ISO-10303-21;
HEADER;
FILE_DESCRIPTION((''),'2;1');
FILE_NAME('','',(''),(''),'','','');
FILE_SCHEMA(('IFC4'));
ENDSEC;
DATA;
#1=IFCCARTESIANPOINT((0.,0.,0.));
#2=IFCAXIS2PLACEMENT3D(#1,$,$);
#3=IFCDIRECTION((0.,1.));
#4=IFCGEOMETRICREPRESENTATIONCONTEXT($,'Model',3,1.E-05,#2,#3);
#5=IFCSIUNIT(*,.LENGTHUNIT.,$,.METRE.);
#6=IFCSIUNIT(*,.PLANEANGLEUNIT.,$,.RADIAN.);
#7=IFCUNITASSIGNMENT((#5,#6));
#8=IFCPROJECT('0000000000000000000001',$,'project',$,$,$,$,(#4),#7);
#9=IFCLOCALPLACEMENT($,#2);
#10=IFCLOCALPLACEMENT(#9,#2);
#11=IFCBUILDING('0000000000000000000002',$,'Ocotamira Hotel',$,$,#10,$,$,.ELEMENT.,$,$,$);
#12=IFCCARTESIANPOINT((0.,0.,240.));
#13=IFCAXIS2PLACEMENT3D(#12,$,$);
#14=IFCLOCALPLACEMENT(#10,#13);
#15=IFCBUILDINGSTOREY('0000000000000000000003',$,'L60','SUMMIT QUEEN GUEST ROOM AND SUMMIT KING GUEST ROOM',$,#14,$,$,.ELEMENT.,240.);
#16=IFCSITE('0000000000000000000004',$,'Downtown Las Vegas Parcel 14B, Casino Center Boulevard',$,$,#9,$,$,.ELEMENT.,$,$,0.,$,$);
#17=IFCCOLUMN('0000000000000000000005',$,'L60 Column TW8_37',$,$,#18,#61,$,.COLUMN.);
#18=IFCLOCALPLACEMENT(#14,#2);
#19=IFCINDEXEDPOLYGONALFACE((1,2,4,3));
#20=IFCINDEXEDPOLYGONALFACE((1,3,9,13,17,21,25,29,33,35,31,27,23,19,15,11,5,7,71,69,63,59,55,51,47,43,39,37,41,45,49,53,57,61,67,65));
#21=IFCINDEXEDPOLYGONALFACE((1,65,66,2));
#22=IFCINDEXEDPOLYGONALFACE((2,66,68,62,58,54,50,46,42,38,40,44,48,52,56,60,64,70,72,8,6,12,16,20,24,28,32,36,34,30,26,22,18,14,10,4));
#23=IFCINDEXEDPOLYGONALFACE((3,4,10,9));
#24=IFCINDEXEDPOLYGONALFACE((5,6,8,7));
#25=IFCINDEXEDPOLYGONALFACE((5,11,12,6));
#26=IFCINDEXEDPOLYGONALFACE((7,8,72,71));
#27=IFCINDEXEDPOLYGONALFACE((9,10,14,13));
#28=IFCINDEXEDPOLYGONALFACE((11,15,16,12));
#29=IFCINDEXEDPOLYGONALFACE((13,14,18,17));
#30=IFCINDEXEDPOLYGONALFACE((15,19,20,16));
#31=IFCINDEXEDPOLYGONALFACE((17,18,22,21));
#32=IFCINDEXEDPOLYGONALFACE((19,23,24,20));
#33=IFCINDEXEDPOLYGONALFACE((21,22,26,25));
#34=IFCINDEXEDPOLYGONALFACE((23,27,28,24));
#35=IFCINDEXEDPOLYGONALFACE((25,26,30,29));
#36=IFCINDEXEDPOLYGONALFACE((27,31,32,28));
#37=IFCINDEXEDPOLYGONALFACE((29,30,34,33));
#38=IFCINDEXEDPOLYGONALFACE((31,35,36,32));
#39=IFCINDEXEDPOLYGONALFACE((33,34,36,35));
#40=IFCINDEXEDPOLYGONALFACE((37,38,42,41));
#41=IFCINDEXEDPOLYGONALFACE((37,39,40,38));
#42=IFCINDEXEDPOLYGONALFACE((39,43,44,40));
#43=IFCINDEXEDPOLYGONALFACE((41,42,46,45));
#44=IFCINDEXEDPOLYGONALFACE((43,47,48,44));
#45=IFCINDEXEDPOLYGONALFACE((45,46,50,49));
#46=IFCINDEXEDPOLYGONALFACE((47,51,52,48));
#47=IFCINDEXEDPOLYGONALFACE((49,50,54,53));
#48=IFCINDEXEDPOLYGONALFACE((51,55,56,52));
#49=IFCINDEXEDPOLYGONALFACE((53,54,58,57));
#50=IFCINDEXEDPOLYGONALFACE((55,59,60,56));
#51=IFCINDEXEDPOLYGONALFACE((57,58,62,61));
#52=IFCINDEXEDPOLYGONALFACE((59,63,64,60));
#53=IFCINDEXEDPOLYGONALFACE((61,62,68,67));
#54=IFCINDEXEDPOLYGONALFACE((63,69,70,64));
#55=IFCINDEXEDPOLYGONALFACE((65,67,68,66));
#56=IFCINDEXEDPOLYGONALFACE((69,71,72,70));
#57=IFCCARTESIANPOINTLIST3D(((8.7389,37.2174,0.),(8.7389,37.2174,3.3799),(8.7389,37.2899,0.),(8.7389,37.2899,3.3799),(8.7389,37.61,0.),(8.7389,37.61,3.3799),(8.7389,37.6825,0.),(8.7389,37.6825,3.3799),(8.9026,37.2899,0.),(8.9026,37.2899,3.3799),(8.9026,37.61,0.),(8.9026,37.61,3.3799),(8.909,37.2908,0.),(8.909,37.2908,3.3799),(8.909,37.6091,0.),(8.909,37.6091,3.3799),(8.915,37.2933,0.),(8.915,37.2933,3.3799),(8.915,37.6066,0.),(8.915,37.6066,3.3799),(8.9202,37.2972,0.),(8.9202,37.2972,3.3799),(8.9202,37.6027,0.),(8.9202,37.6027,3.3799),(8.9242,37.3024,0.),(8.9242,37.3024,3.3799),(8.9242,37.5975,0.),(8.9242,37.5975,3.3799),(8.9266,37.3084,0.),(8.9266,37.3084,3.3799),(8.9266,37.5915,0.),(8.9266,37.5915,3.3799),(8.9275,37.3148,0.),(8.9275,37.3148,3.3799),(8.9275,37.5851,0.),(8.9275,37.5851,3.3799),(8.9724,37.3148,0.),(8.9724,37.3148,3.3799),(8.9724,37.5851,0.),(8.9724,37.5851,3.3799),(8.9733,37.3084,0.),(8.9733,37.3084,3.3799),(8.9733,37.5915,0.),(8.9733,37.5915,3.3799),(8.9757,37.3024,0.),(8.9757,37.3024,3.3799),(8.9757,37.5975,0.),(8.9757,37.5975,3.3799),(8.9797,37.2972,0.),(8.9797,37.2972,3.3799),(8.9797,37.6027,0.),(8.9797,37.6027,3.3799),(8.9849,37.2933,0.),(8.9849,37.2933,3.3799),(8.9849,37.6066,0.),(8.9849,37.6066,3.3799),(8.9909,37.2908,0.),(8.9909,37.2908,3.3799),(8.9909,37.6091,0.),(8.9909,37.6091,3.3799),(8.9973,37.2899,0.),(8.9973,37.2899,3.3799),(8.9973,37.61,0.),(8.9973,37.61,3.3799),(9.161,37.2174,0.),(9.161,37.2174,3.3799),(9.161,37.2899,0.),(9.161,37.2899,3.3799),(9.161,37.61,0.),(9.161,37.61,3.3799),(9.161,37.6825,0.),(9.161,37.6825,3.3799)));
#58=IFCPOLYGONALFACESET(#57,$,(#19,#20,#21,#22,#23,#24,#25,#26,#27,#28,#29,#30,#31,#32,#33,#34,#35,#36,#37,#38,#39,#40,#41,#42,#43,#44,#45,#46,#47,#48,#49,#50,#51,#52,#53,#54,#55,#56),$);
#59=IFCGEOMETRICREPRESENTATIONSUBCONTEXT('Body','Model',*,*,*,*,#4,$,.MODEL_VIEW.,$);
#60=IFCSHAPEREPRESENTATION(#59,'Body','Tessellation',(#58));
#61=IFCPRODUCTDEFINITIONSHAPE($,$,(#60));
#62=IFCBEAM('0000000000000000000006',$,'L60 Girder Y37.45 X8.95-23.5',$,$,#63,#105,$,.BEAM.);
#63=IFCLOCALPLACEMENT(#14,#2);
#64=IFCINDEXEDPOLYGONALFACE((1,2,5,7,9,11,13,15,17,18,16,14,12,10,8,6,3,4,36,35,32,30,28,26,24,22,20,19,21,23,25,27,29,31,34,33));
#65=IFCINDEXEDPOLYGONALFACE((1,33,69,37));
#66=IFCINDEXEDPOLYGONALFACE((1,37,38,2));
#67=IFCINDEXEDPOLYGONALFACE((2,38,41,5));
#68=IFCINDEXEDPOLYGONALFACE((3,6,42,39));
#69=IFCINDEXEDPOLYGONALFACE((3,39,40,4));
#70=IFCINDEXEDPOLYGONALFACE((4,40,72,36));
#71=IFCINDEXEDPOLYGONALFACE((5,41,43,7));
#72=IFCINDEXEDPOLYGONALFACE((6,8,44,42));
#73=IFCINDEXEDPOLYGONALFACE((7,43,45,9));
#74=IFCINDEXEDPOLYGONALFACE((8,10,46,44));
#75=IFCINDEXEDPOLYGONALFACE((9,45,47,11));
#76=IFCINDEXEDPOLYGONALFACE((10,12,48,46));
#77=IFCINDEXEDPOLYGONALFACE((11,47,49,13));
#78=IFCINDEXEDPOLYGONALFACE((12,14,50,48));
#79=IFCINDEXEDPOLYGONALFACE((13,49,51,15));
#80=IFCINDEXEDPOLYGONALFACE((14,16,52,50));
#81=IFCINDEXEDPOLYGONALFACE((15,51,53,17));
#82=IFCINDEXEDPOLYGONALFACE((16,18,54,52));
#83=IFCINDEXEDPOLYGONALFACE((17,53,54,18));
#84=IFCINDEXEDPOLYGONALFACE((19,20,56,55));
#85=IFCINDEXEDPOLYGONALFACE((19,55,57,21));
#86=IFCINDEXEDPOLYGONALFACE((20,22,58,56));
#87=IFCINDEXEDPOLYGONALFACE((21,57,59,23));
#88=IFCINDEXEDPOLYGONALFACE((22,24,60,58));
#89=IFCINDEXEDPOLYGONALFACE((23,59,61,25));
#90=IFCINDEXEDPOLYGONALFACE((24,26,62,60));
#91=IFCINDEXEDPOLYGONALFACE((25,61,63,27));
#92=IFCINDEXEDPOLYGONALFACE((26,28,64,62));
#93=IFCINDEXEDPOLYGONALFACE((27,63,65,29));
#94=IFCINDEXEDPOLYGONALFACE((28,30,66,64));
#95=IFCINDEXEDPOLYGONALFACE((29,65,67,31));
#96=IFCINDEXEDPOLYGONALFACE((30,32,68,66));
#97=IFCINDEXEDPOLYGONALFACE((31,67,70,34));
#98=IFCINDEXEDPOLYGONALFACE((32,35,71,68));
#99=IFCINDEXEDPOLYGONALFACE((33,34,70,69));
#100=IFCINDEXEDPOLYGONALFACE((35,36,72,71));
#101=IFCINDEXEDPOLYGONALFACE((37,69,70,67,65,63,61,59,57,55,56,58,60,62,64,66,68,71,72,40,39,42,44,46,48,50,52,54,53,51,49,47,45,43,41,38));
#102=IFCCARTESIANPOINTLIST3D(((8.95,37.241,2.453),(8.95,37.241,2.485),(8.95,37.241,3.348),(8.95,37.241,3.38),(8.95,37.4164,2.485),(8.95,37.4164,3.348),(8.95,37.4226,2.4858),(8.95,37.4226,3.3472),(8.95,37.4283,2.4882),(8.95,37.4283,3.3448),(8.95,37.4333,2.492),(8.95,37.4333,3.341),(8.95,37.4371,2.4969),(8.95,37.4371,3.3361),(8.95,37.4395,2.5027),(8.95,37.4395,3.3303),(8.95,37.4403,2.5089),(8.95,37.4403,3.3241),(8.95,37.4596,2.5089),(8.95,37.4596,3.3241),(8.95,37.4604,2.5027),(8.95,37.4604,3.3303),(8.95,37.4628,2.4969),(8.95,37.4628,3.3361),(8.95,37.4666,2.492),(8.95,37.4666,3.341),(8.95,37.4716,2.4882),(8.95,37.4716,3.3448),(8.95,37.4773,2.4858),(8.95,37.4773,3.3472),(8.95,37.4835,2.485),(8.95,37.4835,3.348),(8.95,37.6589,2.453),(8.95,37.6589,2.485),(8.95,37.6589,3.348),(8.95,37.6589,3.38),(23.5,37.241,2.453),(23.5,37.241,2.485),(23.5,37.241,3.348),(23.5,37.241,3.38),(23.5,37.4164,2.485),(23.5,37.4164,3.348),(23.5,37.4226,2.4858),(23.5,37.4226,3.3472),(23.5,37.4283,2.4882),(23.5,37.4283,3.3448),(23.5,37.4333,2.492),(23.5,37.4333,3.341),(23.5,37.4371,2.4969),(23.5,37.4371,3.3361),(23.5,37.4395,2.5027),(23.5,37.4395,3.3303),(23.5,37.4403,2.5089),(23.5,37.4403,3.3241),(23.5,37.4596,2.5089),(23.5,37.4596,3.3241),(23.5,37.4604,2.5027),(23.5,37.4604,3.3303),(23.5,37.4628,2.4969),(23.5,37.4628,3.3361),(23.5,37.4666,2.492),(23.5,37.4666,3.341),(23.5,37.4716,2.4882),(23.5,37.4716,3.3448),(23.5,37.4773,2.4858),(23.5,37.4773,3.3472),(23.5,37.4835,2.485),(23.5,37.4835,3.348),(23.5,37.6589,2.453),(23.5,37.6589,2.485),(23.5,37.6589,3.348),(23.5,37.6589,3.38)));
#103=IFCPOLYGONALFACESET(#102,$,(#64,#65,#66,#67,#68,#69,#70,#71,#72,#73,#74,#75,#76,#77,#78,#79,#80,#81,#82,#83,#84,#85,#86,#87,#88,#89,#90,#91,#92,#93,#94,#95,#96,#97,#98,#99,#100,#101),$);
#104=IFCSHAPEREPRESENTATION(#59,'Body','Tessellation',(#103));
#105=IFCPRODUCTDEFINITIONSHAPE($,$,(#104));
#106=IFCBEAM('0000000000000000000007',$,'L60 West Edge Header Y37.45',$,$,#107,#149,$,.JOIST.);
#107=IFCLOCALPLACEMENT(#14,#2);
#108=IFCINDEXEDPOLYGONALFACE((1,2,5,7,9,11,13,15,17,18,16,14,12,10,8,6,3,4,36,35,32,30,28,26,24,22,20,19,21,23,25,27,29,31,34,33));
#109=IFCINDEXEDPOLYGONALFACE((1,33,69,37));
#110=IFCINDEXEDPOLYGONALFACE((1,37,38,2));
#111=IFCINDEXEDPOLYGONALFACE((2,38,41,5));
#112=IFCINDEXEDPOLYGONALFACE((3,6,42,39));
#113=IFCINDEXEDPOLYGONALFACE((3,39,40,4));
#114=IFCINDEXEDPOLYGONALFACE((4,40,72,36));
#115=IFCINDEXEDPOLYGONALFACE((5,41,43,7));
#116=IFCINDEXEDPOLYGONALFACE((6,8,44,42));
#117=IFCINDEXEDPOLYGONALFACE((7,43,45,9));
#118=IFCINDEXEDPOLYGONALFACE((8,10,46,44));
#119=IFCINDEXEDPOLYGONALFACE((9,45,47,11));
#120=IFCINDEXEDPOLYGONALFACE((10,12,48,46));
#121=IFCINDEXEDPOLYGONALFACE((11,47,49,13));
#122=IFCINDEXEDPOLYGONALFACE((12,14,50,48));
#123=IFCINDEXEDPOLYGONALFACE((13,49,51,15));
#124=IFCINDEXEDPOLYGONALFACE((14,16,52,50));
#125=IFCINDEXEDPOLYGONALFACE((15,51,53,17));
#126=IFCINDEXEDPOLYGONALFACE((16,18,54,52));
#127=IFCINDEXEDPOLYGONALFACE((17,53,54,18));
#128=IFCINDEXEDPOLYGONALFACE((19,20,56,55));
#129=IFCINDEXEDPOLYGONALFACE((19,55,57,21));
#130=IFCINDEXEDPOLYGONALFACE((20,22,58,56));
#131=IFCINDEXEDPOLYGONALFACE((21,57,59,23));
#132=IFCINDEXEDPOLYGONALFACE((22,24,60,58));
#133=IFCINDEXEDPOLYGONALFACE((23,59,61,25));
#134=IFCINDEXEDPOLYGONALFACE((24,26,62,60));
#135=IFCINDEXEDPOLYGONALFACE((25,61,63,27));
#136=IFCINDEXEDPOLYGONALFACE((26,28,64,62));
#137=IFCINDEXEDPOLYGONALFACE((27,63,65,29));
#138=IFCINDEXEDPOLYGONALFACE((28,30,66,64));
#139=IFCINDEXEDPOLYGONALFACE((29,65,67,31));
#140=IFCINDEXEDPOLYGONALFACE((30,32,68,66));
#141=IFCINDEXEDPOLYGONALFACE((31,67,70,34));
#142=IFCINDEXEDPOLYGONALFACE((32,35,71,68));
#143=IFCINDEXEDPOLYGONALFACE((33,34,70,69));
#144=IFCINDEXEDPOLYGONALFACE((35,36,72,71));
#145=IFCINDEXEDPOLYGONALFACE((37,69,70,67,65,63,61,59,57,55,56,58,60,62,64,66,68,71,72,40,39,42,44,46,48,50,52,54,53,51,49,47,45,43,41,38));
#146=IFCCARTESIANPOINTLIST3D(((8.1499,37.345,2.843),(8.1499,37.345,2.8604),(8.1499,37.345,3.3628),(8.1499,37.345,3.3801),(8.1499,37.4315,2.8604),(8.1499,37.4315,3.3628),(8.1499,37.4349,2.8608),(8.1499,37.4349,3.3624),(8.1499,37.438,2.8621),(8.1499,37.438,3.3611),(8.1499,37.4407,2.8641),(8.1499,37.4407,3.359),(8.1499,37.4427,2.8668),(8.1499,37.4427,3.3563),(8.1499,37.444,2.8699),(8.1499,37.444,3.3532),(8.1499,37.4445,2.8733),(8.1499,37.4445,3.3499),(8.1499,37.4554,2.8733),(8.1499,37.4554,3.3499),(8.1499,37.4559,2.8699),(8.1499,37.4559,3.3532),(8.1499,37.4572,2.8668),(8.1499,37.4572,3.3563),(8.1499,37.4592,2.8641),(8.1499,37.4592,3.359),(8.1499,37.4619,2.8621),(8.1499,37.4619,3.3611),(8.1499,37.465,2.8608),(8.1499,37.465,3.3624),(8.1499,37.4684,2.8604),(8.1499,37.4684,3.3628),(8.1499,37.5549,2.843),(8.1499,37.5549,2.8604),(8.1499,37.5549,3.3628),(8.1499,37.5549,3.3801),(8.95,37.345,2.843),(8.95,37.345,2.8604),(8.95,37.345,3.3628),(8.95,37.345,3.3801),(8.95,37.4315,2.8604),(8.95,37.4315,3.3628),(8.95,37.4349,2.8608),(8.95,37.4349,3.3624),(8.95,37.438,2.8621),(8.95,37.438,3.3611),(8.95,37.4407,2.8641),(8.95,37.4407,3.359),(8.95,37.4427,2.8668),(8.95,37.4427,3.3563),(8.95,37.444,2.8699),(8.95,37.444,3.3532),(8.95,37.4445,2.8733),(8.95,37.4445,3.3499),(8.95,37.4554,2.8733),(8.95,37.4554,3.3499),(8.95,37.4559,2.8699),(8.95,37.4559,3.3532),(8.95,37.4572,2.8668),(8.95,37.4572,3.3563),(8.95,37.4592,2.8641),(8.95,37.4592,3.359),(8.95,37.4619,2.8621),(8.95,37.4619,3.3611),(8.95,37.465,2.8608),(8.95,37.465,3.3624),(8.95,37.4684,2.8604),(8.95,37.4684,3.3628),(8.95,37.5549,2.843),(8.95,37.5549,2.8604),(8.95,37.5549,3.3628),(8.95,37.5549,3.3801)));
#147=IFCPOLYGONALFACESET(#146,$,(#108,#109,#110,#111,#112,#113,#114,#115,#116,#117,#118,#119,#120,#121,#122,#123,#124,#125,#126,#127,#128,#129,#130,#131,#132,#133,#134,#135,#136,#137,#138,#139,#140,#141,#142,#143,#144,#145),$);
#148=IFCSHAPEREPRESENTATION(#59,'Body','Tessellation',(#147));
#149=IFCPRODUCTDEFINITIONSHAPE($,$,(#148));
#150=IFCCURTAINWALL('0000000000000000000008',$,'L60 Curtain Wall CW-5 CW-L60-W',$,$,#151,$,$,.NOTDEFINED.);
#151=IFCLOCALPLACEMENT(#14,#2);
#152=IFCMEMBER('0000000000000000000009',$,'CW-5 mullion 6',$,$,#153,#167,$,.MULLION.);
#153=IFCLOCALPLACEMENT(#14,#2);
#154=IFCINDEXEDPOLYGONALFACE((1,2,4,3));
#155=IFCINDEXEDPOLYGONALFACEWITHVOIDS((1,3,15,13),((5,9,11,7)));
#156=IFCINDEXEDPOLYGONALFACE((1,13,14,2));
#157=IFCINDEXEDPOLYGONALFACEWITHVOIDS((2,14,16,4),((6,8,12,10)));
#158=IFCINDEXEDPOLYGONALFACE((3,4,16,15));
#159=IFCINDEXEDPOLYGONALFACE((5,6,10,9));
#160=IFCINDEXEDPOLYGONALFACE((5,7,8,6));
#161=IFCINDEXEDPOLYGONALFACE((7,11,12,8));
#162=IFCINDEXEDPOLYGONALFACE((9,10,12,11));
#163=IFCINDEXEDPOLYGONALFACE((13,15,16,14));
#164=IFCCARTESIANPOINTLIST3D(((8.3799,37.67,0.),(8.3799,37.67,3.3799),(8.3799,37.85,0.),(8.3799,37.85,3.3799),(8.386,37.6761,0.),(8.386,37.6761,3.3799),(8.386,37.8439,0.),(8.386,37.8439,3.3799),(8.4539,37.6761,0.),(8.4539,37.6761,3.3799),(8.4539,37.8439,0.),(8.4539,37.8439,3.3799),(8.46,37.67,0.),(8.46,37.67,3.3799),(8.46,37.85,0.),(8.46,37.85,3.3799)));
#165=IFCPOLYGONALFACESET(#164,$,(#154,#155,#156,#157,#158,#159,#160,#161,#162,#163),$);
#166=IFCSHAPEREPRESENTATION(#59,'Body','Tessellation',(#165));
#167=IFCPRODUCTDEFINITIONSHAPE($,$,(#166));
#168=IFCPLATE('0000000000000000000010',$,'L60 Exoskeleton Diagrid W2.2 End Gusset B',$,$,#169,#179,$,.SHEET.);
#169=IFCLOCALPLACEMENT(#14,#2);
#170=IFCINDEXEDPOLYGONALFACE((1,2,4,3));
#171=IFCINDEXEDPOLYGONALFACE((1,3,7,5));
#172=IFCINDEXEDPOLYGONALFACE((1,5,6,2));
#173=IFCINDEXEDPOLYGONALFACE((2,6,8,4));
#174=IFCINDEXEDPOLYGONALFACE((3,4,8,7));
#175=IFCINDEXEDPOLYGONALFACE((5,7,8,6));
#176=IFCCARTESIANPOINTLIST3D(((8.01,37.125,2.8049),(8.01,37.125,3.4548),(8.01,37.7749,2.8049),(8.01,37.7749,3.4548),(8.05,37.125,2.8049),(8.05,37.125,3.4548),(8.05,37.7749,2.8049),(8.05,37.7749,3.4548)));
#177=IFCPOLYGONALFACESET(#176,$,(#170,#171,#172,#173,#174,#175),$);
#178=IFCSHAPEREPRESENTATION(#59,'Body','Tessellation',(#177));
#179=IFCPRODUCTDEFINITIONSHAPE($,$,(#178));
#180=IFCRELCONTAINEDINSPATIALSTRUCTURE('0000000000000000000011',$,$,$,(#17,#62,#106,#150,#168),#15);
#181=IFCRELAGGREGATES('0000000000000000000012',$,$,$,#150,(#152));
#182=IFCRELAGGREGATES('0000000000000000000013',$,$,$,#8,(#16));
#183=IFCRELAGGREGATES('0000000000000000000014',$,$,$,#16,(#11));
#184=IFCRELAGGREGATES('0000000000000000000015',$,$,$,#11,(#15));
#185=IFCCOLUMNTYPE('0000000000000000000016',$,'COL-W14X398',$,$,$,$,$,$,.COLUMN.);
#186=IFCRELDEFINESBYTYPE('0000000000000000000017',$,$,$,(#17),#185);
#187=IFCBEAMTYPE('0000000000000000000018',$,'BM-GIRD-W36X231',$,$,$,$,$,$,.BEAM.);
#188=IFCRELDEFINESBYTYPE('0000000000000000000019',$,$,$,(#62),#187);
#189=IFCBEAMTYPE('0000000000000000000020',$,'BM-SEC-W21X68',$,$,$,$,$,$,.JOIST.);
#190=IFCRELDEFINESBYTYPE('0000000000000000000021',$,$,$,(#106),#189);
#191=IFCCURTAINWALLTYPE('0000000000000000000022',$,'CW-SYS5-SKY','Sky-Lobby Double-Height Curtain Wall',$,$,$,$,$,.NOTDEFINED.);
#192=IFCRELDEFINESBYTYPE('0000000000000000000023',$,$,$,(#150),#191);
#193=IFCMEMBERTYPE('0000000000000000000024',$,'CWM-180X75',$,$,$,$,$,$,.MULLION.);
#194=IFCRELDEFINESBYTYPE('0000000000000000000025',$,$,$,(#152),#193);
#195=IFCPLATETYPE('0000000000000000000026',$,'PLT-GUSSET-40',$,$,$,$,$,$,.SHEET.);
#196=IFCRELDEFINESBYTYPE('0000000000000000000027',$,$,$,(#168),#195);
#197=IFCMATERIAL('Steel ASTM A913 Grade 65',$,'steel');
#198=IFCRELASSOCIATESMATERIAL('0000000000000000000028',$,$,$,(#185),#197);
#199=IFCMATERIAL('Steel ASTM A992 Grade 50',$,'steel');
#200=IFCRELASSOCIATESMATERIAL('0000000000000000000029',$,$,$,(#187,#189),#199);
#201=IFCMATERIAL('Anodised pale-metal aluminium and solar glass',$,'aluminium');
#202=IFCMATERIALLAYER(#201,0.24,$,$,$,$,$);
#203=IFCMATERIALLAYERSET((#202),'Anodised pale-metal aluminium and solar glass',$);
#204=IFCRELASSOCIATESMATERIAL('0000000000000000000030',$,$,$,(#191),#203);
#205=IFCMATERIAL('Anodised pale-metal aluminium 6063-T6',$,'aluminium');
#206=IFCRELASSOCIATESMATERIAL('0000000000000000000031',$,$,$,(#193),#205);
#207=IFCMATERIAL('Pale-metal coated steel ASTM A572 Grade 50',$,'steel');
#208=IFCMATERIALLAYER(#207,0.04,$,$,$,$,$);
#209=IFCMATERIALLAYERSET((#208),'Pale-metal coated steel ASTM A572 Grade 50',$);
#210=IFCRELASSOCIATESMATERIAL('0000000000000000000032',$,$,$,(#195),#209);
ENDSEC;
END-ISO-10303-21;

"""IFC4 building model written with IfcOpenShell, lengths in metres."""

from ifc_helpers import new_model, si_unit, direction, frame, origin, origin_2d, place, context, subcontext, project, spatial, rectangle, hollow_rectangle, i_section, extrude, source, transform, mapped, material, layer, layer_set, material_profile, profile_set, type_object, element, aggregate, save


model = new_model("IFC4")

# Units and contexts
model_context = context("Model", 3, precision=1e-05, world=origin(), true_north=direction((0.0, 1.0)))
body_context = subcontext(model_context, "Body", "Model", "MODEL_VIEW")
ifc_project = project(units=[si_unit("LENGTHUNIT", "METRE"), si_unit("PLANEANGLEUNIT", "RADIAN")], contexts=[model_context])

# Site, building, storey
site_placement = place(None, origin())
site = spatial("IfcSite", under=ifc_project, at=site_placement, Name="Downtown Las Vegas Parcel 14B, Casino Center Boulevard", CompositionType="ELEMENT", RefElevation=0.0)
building_placement = place(site_placement, origin())
building = spatial("IfcBuilding", under=site, at=building_placement, Name="Ocotamira Hotel", CompositionType="ELEMENT")
storey_placement = place(building_placement, frame((0.0, 0.0, 240.0)))
storey = spatial("IfcBuildingStorey", under=building, at=storey_placement, Name="L60", Description="SUMMIT QUEEN GUEST ROOM AND SUMMIT KING GUEST ROOM", CompositionType="ELEMENT", Elevation=240.0)

# Column
ifc_material_1 = material(Name="Steel ASTM A913 Grade 65", Category="steel")
ifc_material_profile_1 = material_profile(ifc_material_1, i_section(OverallWidth=0.4221, OverallDepth=0.4651, WebThickness=0.0449, FlangeThickness=0.0725, FilletRadius=0.0249, at=origin_2d()), Name="W14X398")
ifc_profile_set_1 = profile_set([ifc_material_profile_1], Name="Steel ASTM A913 Grade 65")
column_type = type_object("IfcColumnType", Name="COL-W14X398", PredefinedType="COLUMN", material=ifc_profile_set_1)
shared_shape_1 = source(origin(), body_context, "Body", "SweptSolid", [
    extrude(i_section(OverallWidth=0.4221, OverallDepth=0.4651, WebThickness=0.0449, FlangeThickness=0.0725, FilletRadius=0.0249, at=origin_2d()), origin(), (0.0, 0.0, 1.0), 3.3799),
])
column_placement = place(storey_placement, frame((8.95, 37.45, 0.0), z_axis=(0.0, 0.0, 1.0), x_axis=(1.0, 0.0, 0.0)))
element("IfcColumn", 1, at=column_placement, inside=storey, type_object=column_type, Name="L60 Column TW8_37", PredefinedType="COLUMN", context=body_context, shape_type="MappedRepresentation", body=[
    mapped(shared_shape_1, transform((0.0, 0.0, 0.0), scale=1.0)),
])

# Beams
ifc_material_2 = material(Name="Steel ASTM A992 Grade 50", Category="steel")
ifc_material_profile_2 = material_profile(ifc_material_2, i_section(OverallWidth=0.418, OverallDepth=0.927, WebThickness=0.0193, FlangeThickness=0.032, FilletRadius=0.0239, at=origin_2d()), Name="W36X231")
ifc_profile_set_2 = profile_set([ifc_material_profile_2], Name="Steel ASTM A992 Grade 50")
beam_type_1 = type_object("IfcBeamType", Name="BM-GIRD-W36X231", PredefinedType="BEAM", material=ifc_profile_set_2)
shared_shape_2 = source(origin(), body_context, "Body", "SweptSolid", [
    extrude(i_section(OverallWidth=0.418, OverallDepth=0.927, WebThickness=0.0193, FlangeThickness=0.032, FilletRadius=0.0239, at=origin_2d()), origin(), (0.0, 0.0, 1.0), 14.55),
])
beam_1_placement = place(storey_placement, frame((8.95, 37.45, 2.9165), z_axis=(1.0, 0.0, 0.0), x_axis=(0.0, 1.0, 0.0)))
element("IfcBeam", 2, at=beam_1_placement, inside=storey, type_object=beam_type_1, Name="L60 Girder Y37.45 X8.95-23.5", PredefinedType="BEAM", context=body_context, shape_type="MappedRepresentation", body=[
    mapped(shared_shape_2, transform((0.0, 0.0, 0.0), scale=1.0)),
])
ifc_material_profile_3 = material_profile(ifc_material_2, i_section(OverallWidth=0.21, OverallDepth=0.5371, WebThickness=0.011, FlangeThickness=0.0173, FilletRadius=0.0129, at=origin_2d()), Name="W21X68")
ifc_profile_set_3 = profile_set([ifc_material_profile_3], Name="Steel ASTM A992 Grade 50")
beam_type_2 = type_object("IfcBeamType", Name="BM-SEC-W21X68", PredefinedType="JOIST", material=ifc_profile_set_3)
shared_shape_3 = source(origin(), body_context, "Body", "SweptSolid", [
    extrude(i_section(OverallWidth=0.21, OverallDepth=0.5371, WebThickness=0.011, FlangeThickness=0.0173, FilletRadius=0.0129, at=origin_2d()), origin(), (0.0, 0.0, 1.0), 0.8),
])
beam_2_placement = place(storey_placement, frame((8.95, 37.45, 3.1116), z_axis=(-1.0, 0.0, 0.0), x_axis=(0.0, -1.0, 0.0)))
element("IfcBeam", 3, at=beam_2_placement, inside=storey, type_object=beam_type_2, Name="L60 West Edge Header Y37.45", PredefinedType="JOIST", context=body_context, shape_type="MappedRepresentation", body=[
    mapped(shared_shape_3, transform((0.0, 0.0, 0.0), scale=1.0)),
])

# Curtain wall, member
ifc_material_3 = material(Name="Anodised pale-metal aluminium and solar glass", Category="aluminium")
ifc_layer_1 = layer(ifc_material_3, 0.24)
ifc_layer_set_1 = layer_set([ifc_layer_1], Name="Anodised pale-metal aluminium and solar glass")
curtain_wall_type = type_object("IfcCurtainWallType", Name="CW-SYS5-SKY", Description="Sky-Lobby Double-Height Curtain Wall", PredefinedType="NOTDEFINED", material=ifc_layer_set_1)
curtain_wall_placement = place(storey_placement, origin())
curtain_wall = element("IfcCurtainWall", 4, at=curtain_wall_placement, inside=storey, type_object=curtain_wall_type, Name="L60 Curtain Wall CW-5 CW-L60-W", PredefinedType="NOTDEFINED")
ifc_material_4 = material(Name="Anodised pale-metal aluminium 6063-T6", Category="aluminium")
ifc_material_profile_4 = material_profile(ifc_material_4, hollow_rectangle(XDim=0.0801, YDim=0.1799, WallThickness=0.0061, at=origin_2d()), Name="HSS180X80X6")
ifc_profile_set_4 = profile_set([ifc_material_profile_4], Name="Anodised pale-metal aluminium 6063-T6")
member_type = type_object("IfcMemberType", Name="CWM-180X75", PredefinedType="MULLION", material=ifc_profile_set_4)
shared_shape_4 = source(origin(), body_context, "Body", "SweptSolid", [
    extrude(hollow_rectangle(XDim=0.0801, YDim=0.1799, WallThickness=0.0061, at=origin_2d()), origin(), (0.0, 0.0, 1.0), 3.3799),
])
member_placement = place(storey_placement, frame((8.4199, 37.76, 0.0), z_axis=(0.0, 0.0, 1.0), x_axis=(-1.0, 0.0, 0.0)))
member = element("IfcMember", 5, at=member_placement, type_object=member_type, Name="CW-5 mullion 6", PredefinedType="MULLION", context=body_context, shape_type="MappedRepresentation", body=[
    mapped(shared_shape_4, transform((0.0, 0.0, 0.0), scale=1.0)),
])

# Plate
ifc_material_5 = material(Name="Pale-metal coated steel ASTM A572 Grade 50", Category="steel")
ifc_layer_2 = layer(ifc_material_5, 0.04)
ifc_layer_set_2 = layer_set([ifc_layer_2], Name="Pale-metal coated steel ASTM A572 Grade 50")
plate_type_1 = type_object("IfcPlateType", Name="PLT-GUSSET-40", PredefinedType="SHEET", material=ifc_layer_set_2)
shared_shape_5 = source(origin(), body_context, "Body", "SweptSolid", [
    extrude(rectangle(XDim=0.04, YDim=0.6499, at=origin_2d()), origin(), (0.0, 0.0, 1.0), 0.6499),
])
plate_1_placement = place(storey_placement, frame((8.03, 37.45, 2.8049), z_axis=(0.0, 0.0, 1.0), x_axis=(1.0, 0.0, 0.0)))
element("IfcPlate", 6, at=plate_1_placement, inside=storey, type_object=plate_type_1, Name="L60 Exoskeleton Diagrid W2.2 End Gusset B", PredefinedType="SHEET", context=body_context, shape_type="MappedRepresentation", body=[
    mapped(shared_shape_5, transform((0.0, 0.0, 0.0), scale=1.0)),
])
aggregate(curtain_wall, [member])

save(model, "model.ifc")
